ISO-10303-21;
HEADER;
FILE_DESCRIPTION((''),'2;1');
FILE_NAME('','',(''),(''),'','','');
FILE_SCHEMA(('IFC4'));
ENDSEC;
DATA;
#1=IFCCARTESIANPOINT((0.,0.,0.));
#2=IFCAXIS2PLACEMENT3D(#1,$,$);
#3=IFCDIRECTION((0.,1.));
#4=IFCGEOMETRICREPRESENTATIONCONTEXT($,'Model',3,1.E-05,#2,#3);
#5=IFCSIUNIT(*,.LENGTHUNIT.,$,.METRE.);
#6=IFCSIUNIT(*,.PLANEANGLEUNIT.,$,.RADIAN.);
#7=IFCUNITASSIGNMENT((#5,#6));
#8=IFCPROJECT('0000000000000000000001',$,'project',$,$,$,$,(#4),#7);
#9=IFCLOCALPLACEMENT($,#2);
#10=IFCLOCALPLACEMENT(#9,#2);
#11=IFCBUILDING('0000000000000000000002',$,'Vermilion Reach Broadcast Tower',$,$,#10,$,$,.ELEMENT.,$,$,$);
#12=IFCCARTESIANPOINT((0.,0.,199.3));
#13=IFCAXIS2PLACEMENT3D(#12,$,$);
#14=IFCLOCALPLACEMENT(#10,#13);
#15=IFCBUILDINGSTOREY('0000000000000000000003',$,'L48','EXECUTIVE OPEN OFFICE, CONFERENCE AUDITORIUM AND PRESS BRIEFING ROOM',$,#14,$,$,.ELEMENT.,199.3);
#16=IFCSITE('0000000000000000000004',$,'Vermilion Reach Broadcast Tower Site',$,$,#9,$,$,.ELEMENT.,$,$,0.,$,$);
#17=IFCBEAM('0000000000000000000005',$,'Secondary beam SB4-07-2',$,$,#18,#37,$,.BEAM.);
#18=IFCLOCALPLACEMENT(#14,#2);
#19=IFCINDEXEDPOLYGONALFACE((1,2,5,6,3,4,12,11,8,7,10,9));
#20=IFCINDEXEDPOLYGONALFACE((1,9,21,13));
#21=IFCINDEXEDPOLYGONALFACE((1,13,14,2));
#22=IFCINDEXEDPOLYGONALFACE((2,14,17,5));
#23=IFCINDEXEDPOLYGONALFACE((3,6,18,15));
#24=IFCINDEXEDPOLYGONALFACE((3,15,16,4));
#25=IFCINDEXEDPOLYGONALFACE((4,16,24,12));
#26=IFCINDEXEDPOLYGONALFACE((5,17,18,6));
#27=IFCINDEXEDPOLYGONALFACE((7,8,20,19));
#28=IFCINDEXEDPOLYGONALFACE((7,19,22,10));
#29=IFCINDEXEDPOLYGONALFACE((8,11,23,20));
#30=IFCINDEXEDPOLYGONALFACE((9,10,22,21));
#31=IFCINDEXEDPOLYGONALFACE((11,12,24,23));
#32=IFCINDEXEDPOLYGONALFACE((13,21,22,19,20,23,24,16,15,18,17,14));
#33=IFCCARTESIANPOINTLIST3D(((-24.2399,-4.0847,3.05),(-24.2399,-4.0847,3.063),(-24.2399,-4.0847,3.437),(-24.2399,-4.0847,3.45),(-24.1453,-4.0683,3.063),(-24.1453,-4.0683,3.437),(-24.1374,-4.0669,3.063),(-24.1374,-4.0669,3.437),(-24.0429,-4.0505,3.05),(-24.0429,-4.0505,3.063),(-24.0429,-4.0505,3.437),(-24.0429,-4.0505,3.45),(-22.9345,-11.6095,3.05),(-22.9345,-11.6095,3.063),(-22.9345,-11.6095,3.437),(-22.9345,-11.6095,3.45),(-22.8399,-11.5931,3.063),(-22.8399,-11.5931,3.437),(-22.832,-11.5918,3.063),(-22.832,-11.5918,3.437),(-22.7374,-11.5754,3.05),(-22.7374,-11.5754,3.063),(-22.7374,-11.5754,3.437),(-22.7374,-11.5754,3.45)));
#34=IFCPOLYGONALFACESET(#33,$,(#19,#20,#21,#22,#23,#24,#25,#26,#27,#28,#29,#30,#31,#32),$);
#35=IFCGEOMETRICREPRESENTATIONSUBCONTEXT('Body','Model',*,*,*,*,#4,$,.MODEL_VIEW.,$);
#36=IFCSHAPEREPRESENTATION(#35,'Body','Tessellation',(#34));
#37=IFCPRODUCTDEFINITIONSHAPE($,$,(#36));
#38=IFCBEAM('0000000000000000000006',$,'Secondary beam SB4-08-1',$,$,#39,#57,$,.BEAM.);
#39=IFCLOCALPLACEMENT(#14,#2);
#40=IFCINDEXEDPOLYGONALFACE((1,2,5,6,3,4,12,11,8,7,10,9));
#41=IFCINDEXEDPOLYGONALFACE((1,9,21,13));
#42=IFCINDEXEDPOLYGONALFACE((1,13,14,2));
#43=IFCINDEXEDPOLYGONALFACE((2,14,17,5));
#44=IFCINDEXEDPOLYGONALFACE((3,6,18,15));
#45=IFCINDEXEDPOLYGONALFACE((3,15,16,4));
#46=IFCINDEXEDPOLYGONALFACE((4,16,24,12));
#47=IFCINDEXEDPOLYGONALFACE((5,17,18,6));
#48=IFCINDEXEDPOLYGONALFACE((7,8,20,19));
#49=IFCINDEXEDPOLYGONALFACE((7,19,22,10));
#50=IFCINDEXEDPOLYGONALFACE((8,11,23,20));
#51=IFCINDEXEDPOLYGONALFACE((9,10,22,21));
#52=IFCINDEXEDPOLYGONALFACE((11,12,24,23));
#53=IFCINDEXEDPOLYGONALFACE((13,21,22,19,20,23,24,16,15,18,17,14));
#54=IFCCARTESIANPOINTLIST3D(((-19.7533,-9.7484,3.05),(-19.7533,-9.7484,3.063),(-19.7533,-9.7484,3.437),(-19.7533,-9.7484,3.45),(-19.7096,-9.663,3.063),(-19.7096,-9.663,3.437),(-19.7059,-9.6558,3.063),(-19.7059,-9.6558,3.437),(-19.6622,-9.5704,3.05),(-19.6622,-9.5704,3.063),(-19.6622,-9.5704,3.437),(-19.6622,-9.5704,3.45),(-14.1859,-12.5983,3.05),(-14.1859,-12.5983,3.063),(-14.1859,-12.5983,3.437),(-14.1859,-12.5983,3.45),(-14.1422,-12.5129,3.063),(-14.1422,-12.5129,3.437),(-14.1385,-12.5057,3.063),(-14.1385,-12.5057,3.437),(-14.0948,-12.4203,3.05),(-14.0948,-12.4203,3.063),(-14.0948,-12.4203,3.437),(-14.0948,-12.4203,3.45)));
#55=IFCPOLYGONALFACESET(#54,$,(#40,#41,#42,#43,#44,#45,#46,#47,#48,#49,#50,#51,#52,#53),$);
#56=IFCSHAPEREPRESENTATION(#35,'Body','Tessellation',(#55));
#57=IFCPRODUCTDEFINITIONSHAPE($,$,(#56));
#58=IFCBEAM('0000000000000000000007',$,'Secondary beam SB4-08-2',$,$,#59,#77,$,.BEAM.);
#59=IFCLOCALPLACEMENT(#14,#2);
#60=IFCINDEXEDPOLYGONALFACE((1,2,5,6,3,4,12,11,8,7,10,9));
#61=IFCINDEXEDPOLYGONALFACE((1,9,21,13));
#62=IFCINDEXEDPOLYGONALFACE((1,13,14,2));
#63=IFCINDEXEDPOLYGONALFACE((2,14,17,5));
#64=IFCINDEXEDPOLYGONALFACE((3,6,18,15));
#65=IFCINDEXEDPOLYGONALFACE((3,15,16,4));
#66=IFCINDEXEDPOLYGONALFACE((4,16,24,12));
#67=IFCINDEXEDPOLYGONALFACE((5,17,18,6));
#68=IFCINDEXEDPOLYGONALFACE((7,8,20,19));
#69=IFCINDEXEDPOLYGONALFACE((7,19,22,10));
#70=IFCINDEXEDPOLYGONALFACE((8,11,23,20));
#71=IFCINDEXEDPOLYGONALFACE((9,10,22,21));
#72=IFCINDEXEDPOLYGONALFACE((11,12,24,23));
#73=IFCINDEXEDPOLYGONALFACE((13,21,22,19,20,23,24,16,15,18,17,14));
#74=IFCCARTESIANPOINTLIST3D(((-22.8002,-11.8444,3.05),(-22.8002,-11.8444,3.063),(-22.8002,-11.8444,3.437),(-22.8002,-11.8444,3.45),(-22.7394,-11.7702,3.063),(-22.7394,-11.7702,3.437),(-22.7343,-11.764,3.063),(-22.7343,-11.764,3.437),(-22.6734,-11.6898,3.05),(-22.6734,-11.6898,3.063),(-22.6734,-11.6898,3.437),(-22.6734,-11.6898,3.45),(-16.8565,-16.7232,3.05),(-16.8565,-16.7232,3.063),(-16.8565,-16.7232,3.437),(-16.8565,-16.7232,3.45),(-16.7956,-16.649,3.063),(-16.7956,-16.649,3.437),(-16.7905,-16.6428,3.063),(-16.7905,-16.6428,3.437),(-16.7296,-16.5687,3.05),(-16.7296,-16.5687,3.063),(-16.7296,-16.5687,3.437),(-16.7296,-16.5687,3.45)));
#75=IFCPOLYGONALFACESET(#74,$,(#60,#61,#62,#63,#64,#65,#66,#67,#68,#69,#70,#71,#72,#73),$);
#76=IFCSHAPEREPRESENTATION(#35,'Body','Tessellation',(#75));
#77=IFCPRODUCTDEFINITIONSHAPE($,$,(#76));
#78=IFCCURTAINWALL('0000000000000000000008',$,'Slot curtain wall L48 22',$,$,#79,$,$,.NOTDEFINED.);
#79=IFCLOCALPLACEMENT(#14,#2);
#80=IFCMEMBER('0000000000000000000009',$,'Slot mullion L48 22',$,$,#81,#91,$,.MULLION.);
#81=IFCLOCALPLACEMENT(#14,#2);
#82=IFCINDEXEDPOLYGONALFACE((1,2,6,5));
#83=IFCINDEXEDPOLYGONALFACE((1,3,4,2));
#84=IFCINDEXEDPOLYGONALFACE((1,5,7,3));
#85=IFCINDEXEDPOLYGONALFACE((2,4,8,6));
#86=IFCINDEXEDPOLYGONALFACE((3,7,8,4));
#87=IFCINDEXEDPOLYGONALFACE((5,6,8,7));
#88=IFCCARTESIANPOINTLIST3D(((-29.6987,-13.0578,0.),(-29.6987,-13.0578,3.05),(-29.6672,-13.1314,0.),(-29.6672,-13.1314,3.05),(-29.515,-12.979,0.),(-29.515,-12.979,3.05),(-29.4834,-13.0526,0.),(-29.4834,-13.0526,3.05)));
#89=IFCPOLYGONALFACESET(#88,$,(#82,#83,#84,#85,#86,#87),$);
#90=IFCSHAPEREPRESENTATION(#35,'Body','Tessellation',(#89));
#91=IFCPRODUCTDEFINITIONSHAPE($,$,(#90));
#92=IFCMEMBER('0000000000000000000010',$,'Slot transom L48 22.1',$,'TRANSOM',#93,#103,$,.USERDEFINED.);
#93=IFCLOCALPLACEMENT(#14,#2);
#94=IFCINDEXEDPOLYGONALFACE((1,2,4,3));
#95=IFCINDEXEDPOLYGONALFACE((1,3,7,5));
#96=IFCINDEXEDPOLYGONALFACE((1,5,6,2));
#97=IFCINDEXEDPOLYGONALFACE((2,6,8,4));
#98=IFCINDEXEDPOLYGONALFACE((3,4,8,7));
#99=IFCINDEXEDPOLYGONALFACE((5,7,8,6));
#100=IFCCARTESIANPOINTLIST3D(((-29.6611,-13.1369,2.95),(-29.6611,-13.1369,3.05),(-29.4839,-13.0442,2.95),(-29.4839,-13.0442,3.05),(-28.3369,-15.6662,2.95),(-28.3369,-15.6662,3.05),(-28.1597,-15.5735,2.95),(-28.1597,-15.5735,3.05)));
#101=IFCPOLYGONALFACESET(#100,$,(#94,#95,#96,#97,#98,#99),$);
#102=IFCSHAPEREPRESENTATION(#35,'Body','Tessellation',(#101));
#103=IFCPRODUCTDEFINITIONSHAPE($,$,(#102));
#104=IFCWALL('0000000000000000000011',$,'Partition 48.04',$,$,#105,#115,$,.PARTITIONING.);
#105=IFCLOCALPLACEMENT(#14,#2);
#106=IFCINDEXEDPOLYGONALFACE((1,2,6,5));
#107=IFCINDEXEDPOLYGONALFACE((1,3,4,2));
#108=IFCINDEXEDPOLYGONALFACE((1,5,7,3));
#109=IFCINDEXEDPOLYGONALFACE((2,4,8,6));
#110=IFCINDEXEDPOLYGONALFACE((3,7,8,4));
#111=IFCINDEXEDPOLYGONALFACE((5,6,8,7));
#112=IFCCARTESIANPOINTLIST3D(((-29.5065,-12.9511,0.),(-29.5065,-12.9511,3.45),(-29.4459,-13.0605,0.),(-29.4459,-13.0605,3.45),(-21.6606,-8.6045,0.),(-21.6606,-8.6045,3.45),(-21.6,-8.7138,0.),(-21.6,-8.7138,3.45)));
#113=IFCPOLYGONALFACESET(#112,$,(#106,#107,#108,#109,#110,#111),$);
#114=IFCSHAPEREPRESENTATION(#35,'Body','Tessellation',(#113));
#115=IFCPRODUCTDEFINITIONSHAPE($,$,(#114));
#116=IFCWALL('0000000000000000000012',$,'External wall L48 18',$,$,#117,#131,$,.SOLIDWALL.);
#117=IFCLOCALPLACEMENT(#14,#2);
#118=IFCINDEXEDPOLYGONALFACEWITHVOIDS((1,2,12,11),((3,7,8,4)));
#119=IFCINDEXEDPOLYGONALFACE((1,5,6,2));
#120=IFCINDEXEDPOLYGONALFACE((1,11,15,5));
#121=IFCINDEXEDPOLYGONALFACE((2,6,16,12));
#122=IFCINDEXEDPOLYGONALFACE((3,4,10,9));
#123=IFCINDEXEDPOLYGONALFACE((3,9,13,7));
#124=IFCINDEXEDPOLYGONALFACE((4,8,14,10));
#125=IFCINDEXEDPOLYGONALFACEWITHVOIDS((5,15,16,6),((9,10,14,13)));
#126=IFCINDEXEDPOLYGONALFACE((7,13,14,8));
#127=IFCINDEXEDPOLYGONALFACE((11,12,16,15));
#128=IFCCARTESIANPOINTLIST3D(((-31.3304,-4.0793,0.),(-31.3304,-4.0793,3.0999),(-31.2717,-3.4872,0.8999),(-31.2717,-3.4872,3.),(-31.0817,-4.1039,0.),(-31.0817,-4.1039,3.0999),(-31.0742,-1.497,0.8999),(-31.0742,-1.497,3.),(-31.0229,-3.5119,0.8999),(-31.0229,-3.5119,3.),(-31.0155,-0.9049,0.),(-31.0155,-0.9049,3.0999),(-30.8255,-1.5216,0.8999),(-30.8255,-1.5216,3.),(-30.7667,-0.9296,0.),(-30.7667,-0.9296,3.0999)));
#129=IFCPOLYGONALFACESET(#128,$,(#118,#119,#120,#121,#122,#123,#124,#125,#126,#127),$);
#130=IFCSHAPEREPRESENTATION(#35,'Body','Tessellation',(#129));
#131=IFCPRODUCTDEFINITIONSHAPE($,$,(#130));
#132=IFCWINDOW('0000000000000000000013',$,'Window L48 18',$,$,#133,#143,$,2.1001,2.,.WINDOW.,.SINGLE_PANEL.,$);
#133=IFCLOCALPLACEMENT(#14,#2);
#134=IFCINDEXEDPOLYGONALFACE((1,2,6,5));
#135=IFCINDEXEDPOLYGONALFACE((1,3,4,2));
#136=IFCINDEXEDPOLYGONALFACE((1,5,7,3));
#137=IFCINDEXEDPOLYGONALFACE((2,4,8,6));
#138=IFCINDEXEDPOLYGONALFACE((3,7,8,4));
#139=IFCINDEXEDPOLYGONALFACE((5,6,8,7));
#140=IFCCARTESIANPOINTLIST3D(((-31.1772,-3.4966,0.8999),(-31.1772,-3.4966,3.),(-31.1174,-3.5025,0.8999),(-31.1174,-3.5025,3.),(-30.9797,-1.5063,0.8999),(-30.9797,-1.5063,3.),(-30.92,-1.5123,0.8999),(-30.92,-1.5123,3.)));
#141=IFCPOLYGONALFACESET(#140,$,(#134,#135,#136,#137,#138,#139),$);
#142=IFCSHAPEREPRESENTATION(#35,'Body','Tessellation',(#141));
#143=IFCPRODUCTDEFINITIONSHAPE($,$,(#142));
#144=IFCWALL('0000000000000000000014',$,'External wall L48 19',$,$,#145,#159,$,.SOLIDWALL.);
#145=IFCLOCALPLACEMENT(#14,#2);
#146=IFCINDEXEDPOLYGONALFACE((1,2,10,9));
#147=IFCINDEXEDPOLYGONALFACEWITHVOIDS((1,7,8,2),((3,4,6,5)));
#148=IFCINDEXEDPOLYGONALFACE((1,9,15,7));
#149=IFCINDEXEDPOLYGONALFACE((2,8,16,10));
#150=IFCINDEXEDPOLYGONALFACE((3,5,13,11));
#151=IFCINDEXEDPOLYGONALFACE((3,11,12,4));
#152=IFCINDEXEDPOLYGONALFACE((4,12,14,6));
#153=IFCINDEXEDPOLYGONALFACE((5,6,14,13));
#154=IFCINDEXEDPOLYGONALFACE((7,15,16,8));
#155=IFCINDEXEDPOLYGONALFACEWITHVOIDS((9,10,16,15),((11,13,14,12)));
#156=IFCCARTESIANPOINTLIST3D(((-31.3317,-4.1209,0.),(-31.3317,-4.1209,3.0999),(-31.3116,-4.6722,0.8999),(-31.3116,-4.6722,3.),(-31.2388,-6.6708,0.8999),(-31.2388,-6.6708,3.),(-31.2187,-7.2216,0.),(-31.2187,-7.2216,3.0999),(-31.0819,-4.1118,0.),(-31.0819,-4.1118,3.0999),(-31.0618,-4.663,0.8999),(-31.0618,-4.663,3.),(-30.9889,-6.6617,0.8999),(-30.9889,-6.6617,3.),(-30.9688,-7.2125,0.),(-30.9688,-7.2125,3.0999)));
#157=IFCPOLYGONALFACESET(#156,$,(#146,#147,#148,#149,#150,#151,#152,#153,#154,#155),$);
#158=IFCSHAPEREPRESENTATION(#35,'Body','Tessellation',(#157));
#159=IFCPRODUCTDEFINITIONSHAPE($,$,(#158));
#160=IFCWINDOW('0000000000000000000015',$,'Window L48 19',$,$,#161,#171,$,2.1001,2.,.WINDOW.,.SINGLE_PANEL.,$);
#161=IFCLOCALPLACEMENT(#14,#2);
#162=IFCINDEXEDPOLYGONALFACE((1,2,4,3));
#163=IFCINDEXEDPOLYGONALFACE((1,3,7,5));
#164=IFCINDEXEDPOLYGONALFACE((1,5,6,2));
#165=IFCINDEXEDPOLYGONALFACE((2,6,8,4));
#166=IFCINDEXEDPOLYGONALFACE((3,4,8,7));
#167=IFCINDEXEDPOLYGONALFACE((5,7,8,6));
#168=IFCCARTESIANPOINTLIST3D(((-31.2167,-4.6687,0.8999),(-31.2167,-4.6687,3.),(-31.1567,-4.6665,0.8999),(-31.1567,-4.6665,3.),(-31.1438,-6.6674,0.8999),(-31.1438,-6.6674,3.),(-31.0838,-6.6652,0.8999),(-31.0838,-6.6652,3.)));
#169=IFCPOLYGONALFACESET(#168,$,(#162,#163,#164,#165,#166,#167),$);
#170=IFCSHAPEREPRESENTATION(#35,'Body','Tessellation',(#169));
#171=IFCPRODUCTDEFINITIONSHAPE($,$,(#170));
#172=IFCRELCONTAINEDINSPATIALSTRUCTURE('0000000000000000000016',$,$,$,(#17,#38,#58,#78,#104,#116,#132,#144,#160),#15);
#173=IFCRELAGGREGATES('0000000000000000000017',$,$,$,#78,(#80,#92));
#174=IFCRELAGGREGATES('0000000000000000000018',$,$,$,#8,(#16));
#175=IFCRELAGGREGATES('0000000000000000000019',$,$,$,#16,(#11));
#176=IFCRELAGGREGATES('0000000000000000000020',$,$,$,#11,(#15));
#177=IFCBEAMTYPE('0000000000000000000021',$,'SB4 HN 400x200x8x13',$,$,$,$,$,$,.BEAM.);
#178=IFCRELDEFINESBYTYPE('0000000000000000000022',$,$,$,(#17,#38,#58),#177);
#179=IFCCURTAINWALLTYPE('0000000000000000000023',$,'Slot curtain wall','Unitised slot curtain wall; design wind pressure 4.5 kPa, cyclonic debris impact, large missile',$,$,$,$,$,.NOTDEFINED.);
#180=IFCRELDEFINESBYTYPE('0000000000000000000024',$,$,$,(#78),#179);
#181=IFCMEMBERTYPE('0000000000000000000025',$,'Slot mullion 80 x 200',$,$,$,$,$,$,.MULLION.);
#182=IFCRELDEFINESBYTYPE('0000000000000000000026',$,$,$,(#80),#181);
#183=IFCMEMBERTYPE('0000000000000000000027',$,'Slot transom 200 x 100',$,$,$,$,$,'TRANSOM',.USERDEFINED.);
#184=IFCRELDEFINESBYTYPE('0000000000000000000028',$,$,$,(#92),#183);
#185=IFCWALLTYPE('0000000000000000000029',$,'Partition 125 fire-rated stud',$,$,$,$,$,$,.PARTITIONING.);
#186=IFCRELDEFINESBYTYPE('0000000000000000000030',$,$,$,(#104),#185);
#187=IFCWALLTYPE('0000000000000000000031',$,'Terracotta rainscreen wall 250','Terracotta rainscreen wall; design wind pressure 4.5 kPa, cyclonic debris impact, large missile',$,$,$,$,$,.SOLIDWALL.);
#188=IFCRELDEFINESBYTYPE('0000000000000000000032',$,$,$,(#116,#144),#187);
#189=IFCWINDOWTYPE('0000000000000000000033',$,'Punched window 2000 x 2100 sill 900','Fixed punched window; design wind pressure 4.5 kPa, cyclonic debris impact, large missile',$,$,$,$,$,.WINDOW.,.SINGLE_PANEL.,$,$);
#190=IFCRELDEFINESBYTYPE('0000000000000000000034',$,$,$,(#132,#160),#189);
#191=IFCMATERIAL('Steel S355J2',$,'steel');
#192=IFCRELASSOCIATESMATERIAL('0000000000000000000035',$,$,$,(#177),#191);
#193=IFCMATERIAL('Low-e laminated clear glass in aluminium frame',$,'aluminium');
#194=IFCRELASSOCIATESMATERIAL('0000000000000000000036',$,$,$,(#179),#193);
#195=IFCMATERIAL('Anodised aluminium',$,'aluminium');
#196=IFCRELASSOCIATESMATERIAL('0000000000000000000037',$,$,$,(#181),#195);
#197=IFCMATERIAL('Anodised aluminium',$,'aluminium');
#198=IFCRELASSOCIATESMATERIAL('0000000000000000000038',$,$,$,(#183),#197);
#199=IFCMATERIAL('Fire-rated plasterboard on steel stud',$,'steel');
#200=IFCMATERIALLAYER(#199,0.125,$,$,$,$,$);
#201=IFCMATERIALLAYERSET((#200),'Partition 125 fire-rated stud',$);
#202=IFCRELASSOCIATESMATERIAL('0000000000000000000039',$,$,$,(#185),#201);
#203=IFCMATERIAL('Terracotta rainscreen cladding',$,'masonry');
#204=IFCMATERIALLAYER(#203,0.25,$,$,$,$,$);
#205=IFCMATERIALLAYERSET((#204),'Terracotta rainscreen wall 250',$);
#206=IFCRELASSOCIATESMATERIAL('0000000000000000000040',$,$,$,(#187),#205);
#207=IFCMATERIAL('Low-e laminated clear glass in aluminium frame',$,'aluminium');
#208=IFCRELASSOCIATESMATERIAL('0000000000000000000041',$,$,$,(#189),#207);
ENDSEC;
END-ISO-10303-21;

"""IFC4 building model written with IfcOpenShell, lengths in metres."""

from ifc_helpers import new_model, si_unit, direction, frame, frame_2d, origin, origin_2d, place, context, subcontext, project, spatial, rectangle, i_section, extrude, material, layer, layer_set, material_profile, profile_set, type_object, element, fill, aggregate, save


model = new_model("IFC4")

# Units and contexts
model_context = context("Model", 3, precision=1e-05, world=origin(), true_north=direction((0.0, 1.0)))
body_context = subcontext(model_context, "Body", "Model", "MODEL_VIEW")
ifc_project = project(units=[si_unit("LENGTHUNIT", "METRE"), si_unit("PLANEANGLEUNIT", "RADIAN")], contexts=[model_context])

# Site, building, storey
site_placement = place(None, origin())
site = spatial("IfcSite", under=ifc_project, at=site_placement, Name="Vermilion Reach Broadcast Tower Site", CompositionType="ELEMENT", RefElevation=0.0)
building_placement = place(site_placement, origin())
building = spatial("IfcBuilding", under=site, at=building_placement, Name="Vermilion Reach Broadcast Tower", CompositionType="ELEMENT")
storey_placement = place(building_placement, frame((0.0, 0.0, 199.3)))
storey = spatial("IfcBuildingStorey", under=building, at=storey_placement, Name="L48", Description="EXECUTIVE OPEN OFFICE, CONFERENCE AUDITORIUM AND PRESS BRIEFING ROOM", CompositionType="ELEMENT", Elevation=199.3)

# Beams
ifc_material_1 = material(Name="Steel S355J2", Category="steel")
ifc_material_profile_1 = material_profile(ifc_material_1, i_section(OverallWidth=0.2, OverallDepth=0.3999, WebThickness=0.0081, FlangeThickness=0.0129, at=origin_2d()), Name="S355J2 HN 400x200x8x13")
ifc_profile_set_1 = profile_set([ifc_material_profile_1], Name="Steel S355J2")
beam_type_1 = type_object("IfcBeamType", Name="SB4 HN 400x200x8x13", PredefinedType="BEAM", material=ifc_profile_set_1)
beam_1_placement = place(storey_placement, frame((-24.1414, -4.0676, 3.25), z_axis=(0.170927, -0.985284, 0.0), x_axis=(0.985284, 0.170927, 0.0)))
element("IfcBeam", 1, at=beam_1_placement, inside=storey, type_object=beam_type_1, Name="Secondary beam SB4-07-2", PredefinedType="BEAM", context=body_context, shape_type="SweptSolid", body=[
    extrude(i_section(OverallWidth=0.2, OverallDepth=0.3999, WebThickness=0.0081, FlangeThickness=0.0129, at=origin_2d()), origin(), (0.0, 0.0, 1.0), 7.6372),
])
beam_2_placement = place(storey_placement, frame((-19.7078, -9.6594, 3.25), z_axis=(0.890156, -0.455656, 0.0), x_axis=(0.455656, 0.890156, 0.0)))
element("IfcBeam", 2, at=beam_2_placement, inside=storey, type_object=beam_type_1, Name="Secondary beam SB4-08-1", PredefinedType="BEAM", context=body_context, shape_type="SweptSolid", body=[
    extrude(i_section(OverallWidth=0.2, OverallDepth=0.3999, WebThickness=0.0081, FlangeThickness=0.0129, at=origin_2d()), origin(), (0.0, 0.0, 1.0), 6.2544),
])
beam_3_placement = place(storey_placement, frame((-22.7368, -11.7671, 3.25), z_axis=(0.772952, -0.634465, 0.0), x_axis=(0.634465, 0.772952, 0.0)))
element("IfcBeam", 3, at=beam_3_placement, inside=storey, type_object=beam_type_1, Name="Secondary beam SB4-08-2", PredefinedType="BEAM", context=body_context, shape_type="SweptSolid", body=[
    extrude(i_section(OverallWidth=0.2, OverallDepth=0.3999, WebThickness=0.0081, FlangeThickness=0.0129, at=origin_2d()), origin(), (0.0, 0.0, 1.0), 7.6897),
])

# Curtain wall, members
ifc_material_2 = material(Name="Low-e laminated clear glass in aluminium frame", Category="aluminium")
curtain_wall_type = type_object("IfcCurtainWallType", Name="Slot curtain wall", Description="Unitised slot curtain wall; design wind pressure 4.5 kPa, cyclonic debris impact, large missile", PredefinedType="NOTDEFINED", material=ifc_material_2)
curtain_wall_placement = place(storey_placement, origin())
curtain_wall = element("IfcCurtainWall", 4, at=curtain_wall_placement, inside=storey, type_object=curtain_wall_type, Name="Slot curtain wall L48 22", PredefinedType="NOTDEFINED")
ifc_material_3 = material(Name="Anodised aluminium", Category="aluminium")
ifc_material_profile_2 = material_profile(ifc_material_3, rectangle(XDim=0.2, YDim=0.0801, at=origin_2d()), Name="Slot mullion 80 x 200")
ifc_profile_set_2 = profile_set([ifc_material_profile_2], Name="Anodised aluminium")
member_type_1 = type_object("IfcMemberType", Name="Slot mullion 80 x 200", PredefinedType="MULLION", material=ifc_profile_set_2)
member_1_placement = place(storey_placement, frame((-29.5911, -13.0552, 0.0), z_axis=(0.0, 0.0, 1.0), x_axis=(0.91909, 0.394047, 0.0)))
member_1 = element("IfcMember", 5, at=member_1_placement, type_object=member_type_1, Name="Slot mullion L48 22", PredefinedType="MULLION", context=body_context, shape_type="SweptSolid", body=[
    extrude(rectangle(XDim=0.2, YDim=0.0801, at=origin_2d()), origin(), (0.0, 0.0, 1.0), 3.05),
])
ifc_material_4 = material(Name="Anodised aluminium", Category="aluminium")
ifc_material_profile_3 = material_profile(ifc_material_4, rectangle(XDim=0.2, YDim=0.1001, at=origin_2d()), Name="Slot transom 200 x 100")
ifc_profile_set_3 = profile_set([ifc_material_profile_3], Name="Anodised aluminium")
member_type_2 = type_object("IfcMemberType", Name="Slot transom 200 x 100", ElementType="TRANSOM", PredefinedType="USERDEFINED", material=ifc_profile_set_3)
member_2_placement = place(storey_placement, frame((-29.5725, -13.0906, 3.0), z_axis=(0.463828, -0.885925, 0.0), x_axis=(0.885925, 0.463828, 0.0)))
member_2 = element("IfcMember", 6, at=member_2_placement, type_object=member_type_2, Name="Slot transom L48 22.1", ObjectType="TRANSOM", PredefinedType="USERDEFINED", context=body_context, shape_type="SweptSolid", body=[
    extrude(rectangle(XDim=0.2, YDim=0.1001, at=origin_2d()), origin(), (0.0, 0.0, 1.0), 2.855),
])
aggregate(curtain_wall, [member_1, member_2])

# Wall
ifc_material_5 = material(Name="Fire-rated plasterboard on steel stud", Category="steel")
ifc_layer_1 = layer(ifc_material_5, 0.125)
ifc_layer_set_1 = layer_set([ifc_layer_1], Name="Partition 125 fire-rated stud")
wall_type_1 = type_object("IfcWallType", Name="Partition 125 fire-rated stud", PredefinedType="PARTITIONING", material=ifc_layer_set_1)
wall_1_placement = place(storey_placement, frame((-29.4763, -13.0059, 0.0), z_axis=(0.0, 0.0, 1.0), x_axis=(0.874733, 0.484605, 0.0)))
element("IfcWall", 7, at=wall_1_placement, inside=storey, type_object=wall_type_1, Name="Partition 48.04", PredefinedType="PARTITIONING", context=body_context, shape_type="SweptSolid", body=[
    extrude(rectangle(XDim=8.9695, YDim=0.125, at=frame_2d((4.4849, 0.0))), origin(), (0.0, 0.0, 1.0), 3.45),
])

# Walls, openings, windows
ifc_material_6 = material(Name="Terracotta rainscreen cladding", Category="masonry")
ifc_layer_2 = layer(ifc_material_6, 0.25)
ifc_layer_set_2 = layer_set([ifc_layer_2], Name="Terracotta rainscreen wall 250")
wall_type_2 = type_object("IfcWallType", Name="Terracotta rainscreen wall 250", Description="Terracotta rainscreen wall; design wind pressure 4.5 kPa, cyclonic debris impact, large missile", PredefinedType="SOLIDWALL", material=ifc_layer_set_2)
wall_2_placement = place(storey_placement, frame((-30.8911, -0.9172, 0.0), z_axis=(0.0, 0.0, 1.0), x_axis=(-0.098731, -0.995114, 0.0)))
wall_2 = element("IfcWall", 8, at=wall_2_placement, inside=storey, type_object=wall_type_2, Name="External wall L48 18", PredefinedType="SOLIDWALL", context=body_context, shape_type="SweptSolid", body=[
    extrude(rectangle(XDim=3.1899, YDim=0.25, at=frame_2d((1.595, 0.0))), origin(), (0.0, 0.0, 1.0), 3.0999),
])
opening_1_placement = place(wall_2_placement, frame((0.595, 0.0, 0.8999)))
opening_1 = element("IfcOpeningElement", 9, at=opening_1_placement, cuts=wall_2, PredefinedType="OPENING", context=body_context, shape_type="SweptSolid", body=[
    extrude(rectangle(XDim=2.0, YDim=2.1001, at=frame_2d((1.0, 1.05))), frame((0.0, 0.135, 0.0), z_axis=(0.0, -1.0, 0.0), x_axis=(1.0, 0.0, 0.0)), (0.0, 0.0, 1.0), 0.27),
])
ifc_material_7 = material(Name="Low-e laminated clear glass in aluminium frame", Category="aluminium")
window_type = type_object("IfcWindowType", Name="Punched window 2000 x 2100 sill 900", Description="Fixed punched window; design wind pressure 4.5 kPa, cyclonic debris impact, large missile", PartitioningType="SINGLE_PANEL", PredefinedType="WINDOW", material=ifc_material_7)
window_1_placement = place(opening_1_placement, origin())
window_1 = element("IfcWindow", 10, at=window_1_placement, inside=storey, type_object=window_type, Name="Window L48 18", OverallHeight=2.1001, OverallWidth=2.0, PartitioningType="SINGLE_PANEL", PredefinedType="WINDOW", context=body_context, shape_type="SweptSolid", body=[
    extrude(rectangle(XDim=2.0, YDim=2.1001, at=frame_2d((1.0, 1.05))), frame((0.0, 0.03, 0.0), z_axis=(0.0, -1.0, 0.0), x_axis=(1.0, 0.0, 0.0)), (0.0, 0.0, 1.0), 0.0601),
])
fill(opening_1, window_1)
wall_3_placement = place(storey_placement, frame((-31.2068, -4.1165, 0.0), z_axis=(0.0, 0.0, 1.0), x_axis=(0.03643, -0.999336, 0.0)))
wall_3 = element("IfcWall", 11, at=wall_3_placement, inside=storey, type_object=wall_type_2, Name="External wall L48 19", PredefinedType="SOLIDWALL", context=body_context, shape_type="SweptSolid", body=[
    extrude(rectangle(XDim=3.1028, YDim=0.25, at=frame_2d((1.5513, 0.0))), origin(), (0.0, 0.0, 1.0), 3.0999),
])
opening_2_placement = place(wall_3_placement, frame((0.5515, 0.0, 0.8999)))
opening_2 = element("IfcOpeningElement", 12, at=opening_2_placement, cuts=wall_3, PredefinedType="OPENING", context=body_context, shape_type="SweptSolid", body=[
    extrude(rectangle(XDim=2.0, YDim=2.1001, at=frame_2d((1.0, 1.05))), frame((0.0, 0.135, 0.0), z_axis=(0.0, -1.0, 0.0), x_axis=(1.0, 0.0, 0.0)), (0.0, 0.0, 1.0), 0.27),
])
window_2_placement = place(opening_2_placement, origin())
window_2 = element("IfcWindow", 13, at=window_2_placement, inside=storey, type_object=window_type, Name="Window L48 19", OverallHeight=2.1001, OverallWidth=2.0, PartitioningType="SINGLE_PANEL", PredefinedType="WINDOW", context=body_context, shape_type="SweptSolid", body=[
    extrude(rectangle(XDim=2.0, YDim=2.1001, at=frame_2d((1.0, 1.05))), frame((0.0, 0.03, 0.0), z_axis=(0.0, -1.0, 0.0), x_axis=(1.0, 0.0, 0.0)), (0.0, 0.0, 1.0), 0.0601),
])
fill(opening_2, window_2)

save(model, "model.ifc")
